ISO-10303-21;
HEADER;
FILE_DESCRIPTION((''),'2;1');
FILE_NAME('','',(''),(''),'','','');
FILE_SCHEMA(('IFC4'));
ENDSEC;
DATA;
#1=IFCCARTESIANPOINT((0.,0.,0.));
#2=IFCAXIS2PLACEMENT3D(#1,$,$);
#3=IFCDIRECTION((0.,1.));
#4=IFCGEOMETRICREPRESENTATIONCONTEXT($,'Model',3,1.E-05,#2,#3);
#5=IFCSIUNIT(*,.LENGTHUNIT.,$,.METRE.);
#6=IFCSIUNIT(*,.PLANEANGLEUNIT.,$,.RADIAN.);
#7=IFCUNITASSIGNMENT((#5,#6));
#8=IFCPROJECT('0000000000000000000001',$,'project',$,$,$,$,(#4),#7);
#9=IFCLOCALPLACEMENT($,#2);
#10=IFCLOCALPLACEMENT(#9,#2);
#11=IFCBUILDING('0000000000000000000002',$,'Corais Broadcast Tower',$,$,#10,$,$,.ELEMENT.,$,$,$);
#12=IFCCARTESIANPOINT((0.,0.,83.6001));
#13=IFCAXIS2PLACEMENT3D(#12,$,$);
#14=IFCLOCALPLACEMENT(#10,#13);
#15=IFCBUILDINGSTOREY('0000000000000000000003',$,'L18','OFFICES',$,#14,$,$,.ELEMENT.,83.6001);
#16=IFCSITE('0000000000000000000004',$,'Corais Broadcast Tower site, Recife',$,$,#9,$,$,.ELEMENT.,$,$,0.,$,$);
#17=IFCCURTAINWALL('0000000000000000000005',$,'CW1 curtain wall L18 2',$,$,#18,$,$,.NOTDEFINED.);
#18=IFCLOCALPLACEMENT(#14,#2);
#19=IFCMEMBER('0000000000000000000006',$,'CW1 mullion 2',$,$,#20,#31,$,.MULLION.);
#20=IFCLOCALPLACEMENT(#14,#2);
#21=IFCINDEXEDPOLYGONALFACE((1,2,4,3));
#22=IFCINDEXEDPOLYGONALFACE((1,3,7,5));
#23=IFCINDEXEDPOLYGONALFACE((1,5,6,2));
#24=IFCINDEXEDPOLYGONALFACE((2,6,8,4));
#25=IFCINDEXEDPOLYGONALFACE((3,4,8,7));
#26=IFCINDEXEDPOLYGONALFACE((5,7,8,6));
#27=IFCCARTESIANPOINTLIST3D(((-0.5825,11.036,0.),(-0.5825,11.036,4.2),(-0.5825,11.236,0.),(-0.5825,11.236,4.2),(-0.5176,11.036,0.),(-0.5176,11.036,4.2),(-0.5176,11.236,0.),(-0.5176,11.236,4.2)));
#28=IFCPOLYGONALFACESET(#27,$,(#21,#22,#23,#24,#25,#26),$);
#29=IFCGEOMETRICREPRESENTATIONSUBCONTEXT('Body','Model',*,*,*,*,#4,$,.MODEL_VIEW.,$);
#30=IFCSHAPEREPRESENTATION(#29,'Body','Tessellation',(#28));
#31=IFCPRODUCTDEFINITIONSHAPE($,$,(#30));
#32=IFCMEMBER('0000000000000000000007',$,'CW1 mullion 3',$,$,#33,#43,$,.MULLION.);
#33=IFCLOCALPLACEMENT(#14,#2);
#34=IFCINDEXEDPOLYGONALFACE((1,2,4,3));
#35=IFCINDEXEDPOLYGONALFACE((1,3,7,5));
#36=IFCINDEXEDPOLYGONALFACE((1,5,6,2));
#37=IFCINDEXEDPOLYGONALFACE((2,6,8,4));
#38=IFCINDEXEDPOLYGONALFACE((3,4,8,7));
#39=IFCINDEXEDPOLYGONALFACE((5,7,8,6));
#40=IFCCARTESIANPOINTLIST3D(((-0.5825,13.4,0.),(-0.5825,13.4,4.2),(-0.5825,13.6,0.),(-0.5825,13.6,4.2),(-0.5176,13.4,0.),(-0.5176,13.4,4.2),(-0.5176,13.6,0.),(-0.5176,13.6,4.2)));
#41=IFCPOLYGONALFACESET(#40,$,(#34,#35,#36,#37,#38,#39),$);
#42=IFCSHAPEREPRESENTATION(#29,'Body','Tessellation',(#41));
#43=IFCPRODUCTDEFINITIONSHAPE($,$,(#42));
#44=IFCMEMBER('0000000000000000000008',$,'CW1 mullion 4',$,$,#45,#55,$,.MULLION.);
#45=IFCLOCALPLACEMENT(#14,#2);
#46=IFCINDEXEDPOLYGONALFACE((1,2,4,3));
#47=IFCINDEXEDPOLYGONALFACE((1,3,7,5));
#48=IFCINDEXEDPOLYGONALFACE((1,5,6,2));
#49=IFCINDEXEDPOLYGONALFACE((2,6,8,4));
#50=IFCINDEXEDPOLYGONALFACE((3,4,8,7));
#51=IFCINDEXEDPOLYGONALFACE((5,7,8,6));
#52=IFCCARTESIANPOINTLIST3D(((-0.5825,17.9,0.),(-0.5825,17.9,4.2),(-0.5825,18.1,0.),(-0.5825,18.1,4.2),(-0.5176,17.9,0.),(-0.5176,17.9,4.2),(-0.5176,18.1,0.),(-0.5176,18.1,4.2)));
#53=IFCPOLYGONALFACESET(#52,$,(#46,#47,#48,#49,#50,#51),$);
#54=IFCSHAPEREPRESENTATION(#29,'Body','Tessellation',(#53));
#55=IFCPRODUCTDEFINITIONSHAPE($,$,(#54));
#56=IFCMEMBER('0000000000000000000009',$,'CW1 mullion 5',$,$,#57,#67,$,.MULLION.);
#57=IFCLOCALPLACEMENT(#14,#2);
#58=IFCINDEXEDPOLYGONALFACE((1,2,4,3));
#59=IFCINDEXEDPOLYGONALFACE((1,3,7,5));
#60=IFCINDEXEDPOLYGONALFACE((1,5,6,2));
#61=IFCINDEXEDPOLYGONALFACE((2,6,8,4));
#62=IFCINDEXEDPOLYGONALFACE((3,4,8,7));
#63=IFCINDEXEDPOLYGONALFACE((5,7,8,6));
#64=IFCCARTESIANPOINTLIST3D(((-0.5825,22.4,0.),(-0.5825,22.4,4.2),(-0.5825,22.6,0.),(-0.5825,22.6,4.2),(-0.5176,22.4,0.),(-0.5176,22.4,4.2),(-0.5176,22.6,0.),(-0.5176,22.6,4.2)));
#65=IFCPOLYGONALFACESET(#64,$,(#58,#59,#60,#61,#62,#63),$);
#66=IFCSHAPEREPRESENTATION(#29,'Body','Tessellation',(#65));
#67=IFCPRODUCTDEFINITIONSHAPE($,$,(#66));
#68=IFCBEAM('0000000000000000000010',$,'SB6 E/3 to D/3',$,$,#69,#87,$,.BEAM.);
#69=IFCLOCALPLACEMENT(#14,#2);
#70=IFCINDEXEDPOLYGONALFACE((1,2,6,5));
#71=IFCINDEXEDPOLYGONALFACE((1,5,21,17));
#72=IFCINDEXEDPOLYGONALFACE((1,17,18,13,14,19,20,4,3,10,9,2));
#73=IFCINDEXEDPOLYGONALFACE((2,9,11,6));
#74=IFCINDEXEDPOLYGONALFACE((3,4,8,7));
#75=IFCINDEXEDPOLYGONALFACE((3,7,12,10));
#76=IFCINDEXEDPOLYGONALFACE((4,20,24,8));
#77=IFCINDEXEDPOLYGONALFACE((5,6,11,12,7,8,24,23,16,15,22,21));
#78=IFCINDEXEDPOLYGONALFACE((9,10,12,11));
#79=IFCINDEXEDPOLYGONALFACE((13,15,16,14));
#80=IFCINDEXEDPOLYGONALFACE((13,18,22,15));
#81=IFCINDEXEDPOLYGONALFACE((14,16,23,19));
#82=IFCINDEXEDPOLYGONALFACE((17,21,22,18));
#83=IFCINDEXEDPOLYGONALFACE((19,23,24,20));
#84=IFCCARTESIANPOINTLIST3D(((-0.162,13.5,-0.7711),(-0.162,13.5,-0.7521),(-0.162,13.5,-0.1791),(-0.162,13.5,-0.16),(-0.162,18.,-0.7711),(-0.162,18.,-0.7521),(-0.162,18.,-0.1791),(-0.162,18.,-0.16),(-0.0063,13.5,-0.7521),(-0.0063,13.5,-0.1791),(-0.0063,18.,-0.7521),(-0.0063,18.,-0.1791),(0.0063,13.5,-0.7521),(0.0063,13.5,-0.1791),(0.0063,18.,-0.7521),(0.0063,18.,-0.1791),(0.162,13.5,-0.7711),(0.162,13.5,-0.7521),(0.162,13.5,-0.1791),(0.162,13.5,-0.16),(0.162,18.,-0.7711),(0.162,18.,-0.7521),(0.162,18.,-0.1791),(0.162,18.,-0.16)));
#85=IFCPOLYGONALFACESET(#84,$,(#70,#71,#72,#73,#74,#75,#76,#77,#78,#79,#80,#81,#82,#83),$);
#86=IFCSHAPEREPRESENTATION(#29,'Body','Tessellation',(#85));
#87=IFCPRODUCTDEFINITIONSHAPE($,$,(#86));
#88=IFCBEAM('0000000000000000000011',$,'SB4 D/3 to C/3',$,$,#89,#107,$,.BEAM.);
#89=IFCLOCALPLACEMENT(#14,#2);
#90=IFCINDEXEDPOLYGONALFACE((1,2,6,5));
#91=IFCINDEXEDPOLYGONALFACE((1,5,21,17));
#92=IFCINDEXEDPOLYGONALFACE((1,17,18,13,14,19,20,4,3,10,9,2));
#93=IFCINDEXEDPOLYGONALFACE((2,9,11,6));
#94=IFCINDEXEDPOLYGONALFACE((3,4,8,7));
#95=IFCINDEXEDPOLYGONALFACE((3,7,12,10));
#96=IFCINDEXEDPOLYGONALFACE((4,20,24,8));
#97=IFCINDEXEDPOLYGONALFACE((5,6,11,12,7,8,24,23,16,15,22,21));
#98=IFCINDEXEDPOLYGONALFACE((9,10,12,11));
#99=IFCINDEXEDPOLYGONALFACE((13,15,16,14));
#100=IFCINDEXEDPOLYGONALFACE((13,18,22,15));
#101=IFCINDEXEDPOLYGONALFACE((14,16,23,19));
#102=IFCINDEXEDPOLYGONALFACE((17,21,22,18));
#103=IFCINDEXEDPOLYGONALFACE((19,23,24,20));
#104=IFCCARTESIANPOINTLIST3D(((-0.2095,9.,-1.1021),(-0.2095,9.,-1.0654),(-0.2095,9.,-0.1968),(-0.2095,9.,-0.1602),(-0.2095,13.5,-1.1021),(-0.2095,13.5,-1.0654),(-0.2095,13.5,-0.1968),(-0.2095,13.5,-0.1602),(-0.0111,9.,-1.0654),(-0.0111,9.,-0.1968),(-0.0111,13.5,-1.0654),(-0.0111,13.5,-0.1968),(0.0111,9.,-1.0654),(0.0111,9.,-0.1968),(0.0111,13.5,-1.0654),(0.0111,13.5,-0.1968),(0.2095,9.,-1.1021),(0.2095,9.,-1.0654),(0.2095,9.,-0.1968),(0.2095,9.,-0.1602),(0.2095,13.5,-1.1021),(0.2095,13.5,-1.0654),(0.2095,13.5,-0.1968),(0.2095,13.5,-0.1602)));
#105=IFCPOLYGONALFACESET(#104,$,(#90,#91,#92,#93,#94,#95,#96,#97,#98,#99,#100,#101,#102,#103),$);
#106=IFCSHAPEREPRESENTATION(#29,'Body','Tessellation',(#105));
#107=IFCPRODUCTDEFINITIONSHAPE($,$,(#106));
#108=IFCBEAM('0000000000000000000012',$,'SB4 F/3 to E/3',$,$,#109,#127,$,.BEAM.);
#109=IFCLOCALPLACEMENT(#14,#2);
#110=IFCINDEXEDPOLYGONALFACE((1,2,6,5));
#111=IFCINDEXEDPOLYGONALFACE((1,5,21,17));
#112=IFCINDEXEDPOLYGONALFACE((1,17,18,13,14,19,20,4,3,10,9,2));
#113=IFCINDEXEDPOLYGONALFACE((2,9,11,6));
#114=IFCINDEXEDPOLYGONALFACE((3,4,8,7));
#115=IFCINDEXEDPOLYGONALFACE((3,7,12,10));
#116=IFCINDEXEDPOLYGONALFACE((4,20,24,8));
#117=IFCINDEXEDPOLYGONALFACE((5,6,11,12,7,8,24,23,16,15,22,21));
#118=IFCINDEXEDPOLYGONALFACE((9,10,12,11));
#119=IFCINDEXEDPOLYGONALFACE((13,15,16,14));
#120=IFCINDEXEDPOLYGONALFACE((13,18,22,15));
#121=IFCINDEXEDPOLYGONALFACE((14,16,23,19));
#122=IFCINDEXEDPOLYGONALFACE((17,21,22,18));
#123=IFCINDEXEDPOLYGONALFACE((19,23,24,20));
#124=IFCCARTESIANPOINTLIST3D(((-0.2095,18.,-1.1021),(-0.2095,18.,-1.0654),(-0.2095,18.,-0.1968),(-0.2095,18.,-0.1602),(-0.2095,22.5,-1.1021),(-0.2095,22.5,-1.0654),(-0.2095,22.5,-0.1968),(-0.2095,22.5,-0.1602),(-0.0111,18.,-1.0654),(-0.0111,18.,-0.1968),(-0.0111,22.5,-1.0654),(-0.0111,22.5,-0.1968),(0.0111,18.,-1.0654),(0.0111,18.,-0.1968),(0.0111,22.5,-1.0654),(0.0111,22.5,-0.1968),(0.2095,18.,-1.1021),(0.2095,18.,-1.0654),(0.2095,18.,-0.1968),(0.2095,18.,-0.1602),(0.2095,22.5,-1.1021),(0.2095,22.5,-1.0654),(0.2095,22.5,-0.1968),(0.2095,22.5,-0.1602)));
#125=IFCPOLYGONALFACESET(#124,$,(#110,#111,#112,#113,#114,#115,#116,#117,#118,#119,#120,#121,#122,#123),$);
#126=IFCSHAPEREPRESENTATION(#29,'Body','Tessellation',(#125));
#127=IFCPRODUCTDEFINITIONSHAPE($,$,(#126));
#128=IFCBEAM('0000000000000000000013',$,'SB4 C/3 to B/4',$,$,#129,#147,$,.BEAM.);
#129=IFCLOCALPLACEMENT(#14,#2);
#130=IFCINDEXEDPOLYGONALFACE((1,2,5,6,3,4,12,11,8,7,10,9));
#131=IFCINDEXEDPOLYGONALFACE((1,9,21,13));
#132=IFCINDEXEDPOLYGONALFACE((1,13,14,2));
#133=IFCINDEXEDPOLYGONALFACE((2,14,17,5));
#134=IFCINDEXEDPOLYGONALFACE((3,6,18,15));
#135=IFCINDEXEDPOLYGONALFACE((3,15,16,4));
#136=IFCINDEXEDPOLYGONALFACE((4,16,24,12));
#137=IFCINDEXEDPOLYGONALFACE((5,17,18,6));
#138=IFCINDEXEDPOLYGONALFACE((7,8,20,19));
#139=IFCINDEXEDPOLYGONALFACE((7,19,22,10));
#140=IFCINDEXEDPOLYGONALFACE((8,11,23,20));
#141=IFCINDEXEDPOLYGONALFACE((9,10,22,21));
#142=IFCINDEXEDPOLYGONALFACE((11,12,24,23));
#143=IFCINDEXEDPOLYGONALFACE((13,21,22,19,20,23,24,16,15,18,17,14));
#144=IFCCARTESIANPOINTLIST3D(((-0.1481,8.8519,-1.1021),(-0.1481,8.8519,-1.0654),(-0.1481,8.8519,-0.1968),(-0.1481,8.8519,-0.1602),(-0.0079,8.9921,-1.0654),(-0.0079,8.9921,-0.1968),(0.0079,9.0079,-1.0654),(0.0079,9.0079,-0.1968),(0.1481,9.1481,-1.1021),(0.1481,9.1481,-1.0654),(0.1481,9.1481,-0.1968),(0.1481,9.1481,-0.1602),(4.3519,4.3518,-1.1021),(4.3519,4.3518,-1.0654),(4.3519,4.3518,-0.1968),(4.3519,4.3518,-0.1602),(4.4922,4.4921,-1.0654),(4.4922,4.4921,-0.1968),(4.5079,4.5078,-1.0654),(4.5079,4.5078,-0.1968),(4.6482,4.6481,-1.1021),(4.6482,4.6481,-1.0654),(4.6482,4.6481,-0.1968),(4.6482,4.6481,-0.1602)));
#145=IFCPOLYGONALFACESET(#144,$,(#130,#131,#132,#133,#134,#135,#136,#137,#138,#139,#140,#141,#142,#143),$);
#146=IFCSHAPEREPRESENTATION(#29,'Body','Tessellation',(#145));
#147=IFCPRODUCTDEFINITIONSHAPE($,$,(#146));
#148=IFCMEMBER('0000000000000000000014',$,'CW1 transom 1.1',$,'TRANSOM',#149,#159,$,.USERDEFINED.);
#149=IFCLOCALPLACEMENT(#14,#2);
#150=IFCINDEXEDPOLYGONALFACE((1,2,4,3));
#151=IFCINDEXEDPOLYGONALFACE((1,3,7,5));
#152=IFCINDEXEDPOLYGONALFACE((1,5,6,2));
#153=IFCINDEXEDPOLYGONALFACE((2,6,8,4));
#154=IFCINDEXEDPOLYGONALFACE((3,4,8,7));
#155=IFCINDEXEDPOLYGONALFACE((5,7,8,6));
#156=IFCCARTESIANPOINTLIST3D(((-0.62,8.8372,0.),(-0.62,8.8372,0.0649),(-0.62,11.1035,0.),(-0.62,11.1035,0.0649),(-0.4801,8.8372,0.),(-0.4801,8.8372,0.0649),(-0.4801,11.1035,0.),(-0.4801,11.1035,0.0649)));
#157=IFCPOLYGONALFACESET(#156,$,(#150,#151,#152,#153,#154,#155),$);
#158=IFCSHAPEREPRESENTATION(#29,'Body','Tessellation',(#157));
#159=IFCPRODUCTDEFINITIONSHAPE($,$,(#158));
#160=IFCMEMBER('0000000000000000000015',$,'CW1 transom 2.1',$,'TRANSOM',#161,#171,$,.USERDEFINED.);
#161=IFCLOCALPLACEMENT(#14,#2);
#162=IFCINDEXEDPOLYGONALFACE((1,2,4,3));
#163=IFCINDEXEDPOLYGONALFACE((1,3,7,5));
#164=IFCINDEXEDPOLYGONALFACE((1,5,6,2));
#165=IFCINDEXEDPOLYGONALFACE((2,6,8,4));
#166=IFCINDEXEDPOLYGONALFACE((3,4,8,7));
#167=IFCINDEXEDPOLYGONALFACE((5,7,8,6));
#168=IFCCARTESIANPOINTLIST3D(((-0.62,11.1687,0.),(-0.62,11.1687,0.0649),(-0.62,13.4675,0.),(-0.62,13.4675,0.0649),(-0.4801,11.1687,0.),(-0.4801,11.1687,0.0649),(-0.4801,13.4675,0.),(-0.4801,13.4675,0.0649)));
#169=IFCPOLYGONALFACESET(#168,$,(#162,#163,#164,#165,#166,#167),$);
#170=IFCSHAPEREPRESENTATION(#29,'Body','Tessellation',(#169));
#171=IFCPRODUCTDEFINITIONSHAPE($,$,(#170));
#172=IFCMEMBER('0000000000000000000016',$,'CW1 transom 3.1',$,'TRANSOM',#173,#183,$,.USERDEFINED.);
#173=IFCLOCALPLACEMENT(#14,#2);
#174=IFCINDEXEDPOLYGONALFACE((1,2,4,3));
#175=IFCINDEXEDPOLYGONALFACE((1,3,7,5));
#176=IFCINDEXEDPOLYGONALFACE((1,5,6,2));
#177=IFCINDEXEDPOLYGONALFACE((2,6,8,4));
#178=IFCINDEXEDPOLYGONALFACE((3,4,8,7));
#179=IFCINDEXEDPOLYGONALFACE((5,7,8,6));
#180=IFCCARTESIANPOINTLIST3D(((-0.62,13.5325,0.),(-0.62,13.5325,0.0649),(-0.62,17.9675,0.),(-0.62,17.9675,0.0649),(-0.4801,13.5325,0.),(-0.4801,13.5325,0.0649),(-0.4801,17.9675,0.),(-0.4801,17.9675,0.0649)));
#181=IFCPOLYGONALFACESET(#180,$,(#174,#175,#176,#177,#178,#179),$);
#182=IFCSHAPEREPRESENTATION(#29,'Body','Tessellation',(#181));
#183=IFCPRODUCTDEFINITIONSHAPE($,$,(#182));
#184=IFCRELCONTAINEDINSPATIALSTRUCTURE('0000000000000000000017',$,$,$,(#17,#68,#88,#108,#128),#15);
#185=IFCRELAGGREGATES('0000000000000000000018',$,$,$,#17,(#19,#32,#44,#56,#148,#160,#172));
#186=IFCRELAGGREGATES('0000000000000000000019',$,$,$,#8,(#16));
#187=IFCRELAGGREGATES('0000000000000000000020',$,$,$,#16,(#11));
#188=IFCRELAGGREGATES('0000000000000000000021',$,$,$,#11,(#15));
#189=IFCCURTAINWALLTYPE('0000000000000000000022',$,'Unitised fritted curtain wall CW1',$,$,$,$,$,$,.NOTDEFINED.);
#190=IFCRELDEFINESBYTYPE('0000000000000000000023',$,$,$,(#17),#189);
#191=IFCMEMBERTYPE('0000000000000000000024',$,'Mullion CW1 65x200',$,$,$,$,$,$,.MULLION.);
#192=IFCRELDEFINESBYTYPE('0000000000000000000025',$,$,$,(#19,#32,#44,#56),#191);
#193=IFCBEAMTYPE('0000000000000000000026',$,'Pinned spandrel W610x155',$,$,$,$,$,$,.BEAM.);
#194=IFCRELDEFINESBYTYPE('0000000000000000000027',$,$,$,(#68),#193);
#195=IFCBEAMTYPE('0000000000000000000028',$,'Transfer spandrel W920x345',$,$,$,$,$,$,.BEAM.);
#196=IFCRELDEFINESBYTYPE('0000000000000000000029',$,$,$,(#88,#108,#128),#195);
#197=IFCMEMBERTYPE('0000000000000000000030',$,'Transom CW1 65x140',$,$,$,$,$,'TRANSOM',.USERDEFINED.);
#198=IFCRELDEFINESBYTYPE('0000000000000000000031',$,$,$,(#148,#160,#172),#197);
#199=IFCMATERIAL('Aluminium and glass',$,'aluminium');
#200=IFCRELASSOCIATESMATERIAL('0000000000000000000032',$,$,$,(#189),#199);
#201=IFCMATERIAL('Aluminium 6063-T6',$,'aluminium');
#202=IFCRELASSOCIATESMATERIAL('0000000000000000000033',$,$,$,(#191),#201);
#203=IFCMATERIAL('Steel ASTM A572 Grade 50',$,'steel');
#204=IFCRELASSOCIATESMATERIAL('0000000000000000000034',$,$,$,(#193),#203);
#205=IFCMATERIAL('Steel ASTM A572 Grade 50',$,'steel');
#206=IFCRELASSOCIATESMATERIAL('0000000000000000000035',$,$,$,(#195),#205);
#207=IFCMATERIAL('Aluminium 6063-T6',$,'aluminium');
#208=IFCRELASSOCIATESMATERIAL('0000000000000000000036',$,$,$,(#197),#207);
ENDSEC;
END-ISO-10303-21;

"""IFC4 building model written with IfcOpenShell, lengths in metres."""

from ifc_helpers import new_model, si_unit, direction, frame, origin, origin_2d, place, context, subcontext, project, spatial, rectangle, i_section, extrude, material, material_profile, profile_set, type_object, element, aggregate, save


model = new_model("IFC4")

# Units and contexts
model_context = context("Model", 3, precision=1e-05, world=origin(), true_north=direction((0.0, 1.0)))
body_context = subcontext(model_context, "Body", "Model", "MODEL_VIEW")
ifc_project = project(units=[si_unit("LENGTHUNIT", "METRE"), si_unit("PLANEANGLEUNIT", "RADIAN")], contexts=[model_context])

# Site, building, storey
site_placement = place(None, origin())
site = spatial("IfcSite", under=ifc_project, at=site_placement, Name="Corais Broadcast Tower site, Recife", CompositionType="ELEMENT", RefElevation=0.0)
building_placement = place(site_placement, origin())
building = spatial("IfcBuilding", under=site, at=building_placement, Name="Corais Broadcast Tower", CompositionType="ELEMENT")
storey_placement = place(building_placement, frame((0.0, 0.0, 83.6001)))
storey = spatial("IfcBuildingStorey", under=building, at=storey_placement, Name="L18", Description="OFFICES", CompositionType="ELEMENT", Elevation=83.6001)

# Shared definitions
ifc_material_1 = material(Name="Aluminium and glass", Category="aluminium")
curtain_wall_type = type_object("IfcCurtainWallType", Name="Unitised fritted curtain wall CW1", PredefinedType="NOTDEFINED", material=ifc_material_1)
ifc_material_2 = material(Name="Aluminium 6063-T6", Category="aluminium")
ifc_material_profile_1 = material_profile(ifc_material_2, rectangle(XDim=0.0649, YDim=0.2, at=origin_2d()), Name="Mullion CW1 65x200")
ifc_profile_set_1 = profile_set([ifc_material_profile_1], Name="Aluminium 6063-T6")
member_type_1 = type_object("IfcMemberType", Name="Mullion CW1 65x200", PredefinedType="MULLION", material=ifc_profile_set_1)

# Curtain wall, members
curtain_wall_1_placement = place(storey_placement, origin())
curtain_wall_1 = element("IfcCurtainWall", 1, at=curtain_wall_1_placement, inside=storey, type_object=curtain_wall_type, Name="CW1 curtain wall L18 2", PredefinedType="NOTDEFINED")
member_1_placement = place(storey_placement, frame((-0.55, 11.136, 0.0), z_axis=(0.0, 0.0, 1.0), x_axis=(-1.0, 0.0, 0.0)))
member_1 = element("IfcMember", 2, at=member_1_placement, type_object=member_type_1, Name="CW1 mullion 2", PredefinedType="MULLION", context=body_context, shape_type="SweptSolid", body=[
    extrude(rectangle(XDim=0.0649, YDim=0.2, at=origin_2d()), origin(), (0.0, 0.0, 1.0), 4.2),
])
member_2_placement = place(storey_placement, frame((-0.55, 13.5, 0.0), z_axis=(0.0, 0.0, 1.0), x_axis=(-1.0, 0.0, 0.0)))
member_2 = element("IfcMember", 3, at=member_2_placement, type_object=member_type_1, Name="CW1 mullion 3", PredefinedType="MULLION", context=body_context, shape_type="SweptSolid", body=[
    extrude(rectangle(XDim=0.0649, YDim=0.2, at=origin_2d()), origin(), (0.0, 0.0, 1.0), 4.2),
])
member_3_placement = place(storey_placement, frame((-0.55, 18.0, 0.0), z_axis=(0.0, 0.0, 1.0), x_axis=(-1.0, 0.0, 0.0)))
member_3 = element("IfcMember", 4, at=member_3_placement, type_object=member_type_1, Name="CW1 mullion 4", PredefinedType="MULLION", context=body_context, shape_type="SweptSolid", body=[
    extrude(rectangle(XDim=0.0649, YDim=0.2, at=origin_2d()), origin(), (0.0, 0.0, 1.0), 4.2),
])
member_4_placement = place(storey_placement, frame((-0.55, 22.5, 0.0), z_axis=(0.0, 0.0, 1.0), x_axis=(-1.0, 0.0, 0.0)))
member_4 = element("IfcMember", 5, at=member_4_placement, type_object=member_type_1, Name="CW1 mullion 5", PredefinedType="MULLION", context=body_context, shape_type="SweptSolid", body=[
    extrude(rectangle(XDim=0.0649, YDim=0.2, at=origin_2d()), origin(), (0.0, 0.0, 1.0), 4.2),
])

# Beams
ifc_material_3 = material(Name="Steel ASTM A572 Grade 50", Category="steel")
ifc_material_profile_2 = material_profile(ifc_material_3, i_section(OverallWidth=0.324, OverallDepth=0.6111, WebThickness=0.0127, FlangeThickness=0.019, at=origin_2d()), Name="W610x155")
ifc_profile_set_2 = profile_set([ifc_material_profile_2], Name="Steel ASTM A572 Grade 50")
beam_type_1 = type_object("IfcBeamType", Name="Pinned spandrel W610x155", PredefinedType="BEAM", material=ifc_profile_set_2)
beam_1_placement = place(storey_placement, frame((0.0, 18.0, -0.4656), z_axis=(0.0, -1.0, 0.0), x_axis=(1.0, 0.0, 0.0)))
element("IfcBeam", 6, at=beam_1_placement, inside=storey, type_object=beam_type_1, Name="SB6 E/3 to D/3", PredefinedType="BEAM", context=body_context, shape_type="SweptSolid", body=[
    extrude(i_section(OverallWidth=0.324, OverallDepth=0.6111, WebThickness=0.0127, FlangeThickness=0.019, at=origin_2d()), origin(), (0.0, 0.0, 1.0), 4.5),
])
ifc_material_4 = material(Name="Steel ASTM A572 Grade 50", Category="steel")
ifc_material_profile_3 = material_profile(ifc_material_4, i_section(OverallWidth=0.4189, OverallDepth=0.9419, WebThickness=0.0222, FlangeThickness=0.0366, at=origin_2d()), Name="W920x345")
ifc_profile_set_3 = profile_set([ifc_material_profile_3], Name="Steel ASTM A572 Grade 50")
beam_type_2 = type_object("IfcBeamType", Name="Transfer spandrel W920x345", PredefinedType="BEAM", material=ifc_profile_set_3)
for number, where, z_axis, x_axis, name in (
    (7, (0.0, 13.5, -0.6311), (0.0, -1.0, 0.0), (1.0, 0.0, 0.0), "SB4 D/3 to C/3"),
    (8, (0.0, 22.5, -0.6311), (0.0, -1.0, 0.0), (1.0, 0.0, 0.0), "SB4 F/3 to E/3"),
):
    element("IfcBeam", number, at=place(storey_placement, frame(where, z_axis=z_axis, x_axis=x_axis)), inside=storey, type_object=beam_type_2, Name=name, PredefinedType="BEAM", context=body_context, shape_type="SweptSolid", body=[
        extrude(i_section(OverallWidth=0.4189, OverallDepth=0.9419, WebThickness=0.0222, FlangeThickness=0.0366, at=origin_2d()), origin(), (0.0, 0.0, 1.0), 4.5),
    ])
beam_2_placement = place(storey_placement, frame((0.0, 9.0, -0.6311), z_axis=(0.707107, -0.707107, 0.0), x_axis=(0.707107, 0.707107, 0.0)))
element("IfcBeam", 9, at=beam_2_placement, inside=storey, type_object=beam_type_2, Name="SB4 C/3 to B/4", PredefinedType="BEAM", context=body_context, shape_type="SweptSolid", body=[
    extrude(i_section(OverallWidth=0.4189, OverallDepth=0.9419, WebThickness=0.0222, FlangeThickness=0.0366, at=origin_2d()), origin(), (0.0, 0.0, 1.0), 6.364),
])

# Members
ifc_material_5 = material(Name="Aluminium 6063-T6", Category="aluminium")
ifc_material_profile_4 = material_profile(ifc_material_5, rectangle(XDim=0.1399, YDim=0.0649, at=origin_2d()), Name="Transom CW1 65x140")
ifc_profile_set_4 = profile_set([ifc_material_profile_4], Name="Aluminium 6063-T6")
member_type_2 = type_object("IfcMemberType", Name="Transom CW1 65x140", ElementType="TRANSOM", PredefinedType="USERDEFINED", material=ifc_profile_set_4)
member_5_placement = place(storey_placement, frame((-0.55, 8.8372, 0.0325), z_axis=(0.0, 1.0, 0.0), x_axis=(-1.0, 0.0, 0.0)))
member_5 = element("IfcMember", 10, at=member_5_placement, type_object=member_type_2, Name="CW1 transom 1.1", ObjectType="TRANSOM", PredefinedType="USERDEFINED", context=body_context, shape_type="SweptSolid", body=[
    extrude(rectangle(XDim=0.1399, YDim=0.0649, at=origin_2d()), origin(), (0.0, 0.0, 1.0), 2.2664),
])
member_6_placement = place(storey_placement, frame((-0.55, 11.1687, 0.0325), z_axis=(0.0, 1.0, 0.0), x_axis=(-1.0, 0.0, 0.0)))
member_6 = element("IfcMember", 11, at=member_6_placement, type_object=member_type_2, Name="CW1 transom 2.1", ObjectType="TRANSOM", PredefinedType="USERDEFINED", context=body_context, shape_type="SweptSolid", body=[
    extrude(rectangle(XDim=0.1399, YDim=0.0649, at=origin_2d()), origin(), (0.0, 0.0, 1.0), 2.2988),
])
member_7_placement = place(storey_placement, frame((-0.55, 13.5325, 0.0325), z_axis=(0.0, 1.0, 0.0), x_axis=(-1.0, 0.0, 0.0)))
member_7 = element("IfcMember", 12, at=member_7_placement, type_object=member_type_2, Name="CW1 transom 3.1", ObjectType="TRANSOM", PredefinedType="USERDEFINED", context=body_context, shape_type="SweptSolid", body=[
    extrude(rectangle(XDim=0.1399, YDim=0.0649, at=origin_2d()), origin(), (0.0, 0.0, 1.0), 4.4351),
])

aggregate(curtain_wall_1, [member_1, member_2, member_3, member_4, member_5, member_6, member_7])

save(model, "model.ifc")
